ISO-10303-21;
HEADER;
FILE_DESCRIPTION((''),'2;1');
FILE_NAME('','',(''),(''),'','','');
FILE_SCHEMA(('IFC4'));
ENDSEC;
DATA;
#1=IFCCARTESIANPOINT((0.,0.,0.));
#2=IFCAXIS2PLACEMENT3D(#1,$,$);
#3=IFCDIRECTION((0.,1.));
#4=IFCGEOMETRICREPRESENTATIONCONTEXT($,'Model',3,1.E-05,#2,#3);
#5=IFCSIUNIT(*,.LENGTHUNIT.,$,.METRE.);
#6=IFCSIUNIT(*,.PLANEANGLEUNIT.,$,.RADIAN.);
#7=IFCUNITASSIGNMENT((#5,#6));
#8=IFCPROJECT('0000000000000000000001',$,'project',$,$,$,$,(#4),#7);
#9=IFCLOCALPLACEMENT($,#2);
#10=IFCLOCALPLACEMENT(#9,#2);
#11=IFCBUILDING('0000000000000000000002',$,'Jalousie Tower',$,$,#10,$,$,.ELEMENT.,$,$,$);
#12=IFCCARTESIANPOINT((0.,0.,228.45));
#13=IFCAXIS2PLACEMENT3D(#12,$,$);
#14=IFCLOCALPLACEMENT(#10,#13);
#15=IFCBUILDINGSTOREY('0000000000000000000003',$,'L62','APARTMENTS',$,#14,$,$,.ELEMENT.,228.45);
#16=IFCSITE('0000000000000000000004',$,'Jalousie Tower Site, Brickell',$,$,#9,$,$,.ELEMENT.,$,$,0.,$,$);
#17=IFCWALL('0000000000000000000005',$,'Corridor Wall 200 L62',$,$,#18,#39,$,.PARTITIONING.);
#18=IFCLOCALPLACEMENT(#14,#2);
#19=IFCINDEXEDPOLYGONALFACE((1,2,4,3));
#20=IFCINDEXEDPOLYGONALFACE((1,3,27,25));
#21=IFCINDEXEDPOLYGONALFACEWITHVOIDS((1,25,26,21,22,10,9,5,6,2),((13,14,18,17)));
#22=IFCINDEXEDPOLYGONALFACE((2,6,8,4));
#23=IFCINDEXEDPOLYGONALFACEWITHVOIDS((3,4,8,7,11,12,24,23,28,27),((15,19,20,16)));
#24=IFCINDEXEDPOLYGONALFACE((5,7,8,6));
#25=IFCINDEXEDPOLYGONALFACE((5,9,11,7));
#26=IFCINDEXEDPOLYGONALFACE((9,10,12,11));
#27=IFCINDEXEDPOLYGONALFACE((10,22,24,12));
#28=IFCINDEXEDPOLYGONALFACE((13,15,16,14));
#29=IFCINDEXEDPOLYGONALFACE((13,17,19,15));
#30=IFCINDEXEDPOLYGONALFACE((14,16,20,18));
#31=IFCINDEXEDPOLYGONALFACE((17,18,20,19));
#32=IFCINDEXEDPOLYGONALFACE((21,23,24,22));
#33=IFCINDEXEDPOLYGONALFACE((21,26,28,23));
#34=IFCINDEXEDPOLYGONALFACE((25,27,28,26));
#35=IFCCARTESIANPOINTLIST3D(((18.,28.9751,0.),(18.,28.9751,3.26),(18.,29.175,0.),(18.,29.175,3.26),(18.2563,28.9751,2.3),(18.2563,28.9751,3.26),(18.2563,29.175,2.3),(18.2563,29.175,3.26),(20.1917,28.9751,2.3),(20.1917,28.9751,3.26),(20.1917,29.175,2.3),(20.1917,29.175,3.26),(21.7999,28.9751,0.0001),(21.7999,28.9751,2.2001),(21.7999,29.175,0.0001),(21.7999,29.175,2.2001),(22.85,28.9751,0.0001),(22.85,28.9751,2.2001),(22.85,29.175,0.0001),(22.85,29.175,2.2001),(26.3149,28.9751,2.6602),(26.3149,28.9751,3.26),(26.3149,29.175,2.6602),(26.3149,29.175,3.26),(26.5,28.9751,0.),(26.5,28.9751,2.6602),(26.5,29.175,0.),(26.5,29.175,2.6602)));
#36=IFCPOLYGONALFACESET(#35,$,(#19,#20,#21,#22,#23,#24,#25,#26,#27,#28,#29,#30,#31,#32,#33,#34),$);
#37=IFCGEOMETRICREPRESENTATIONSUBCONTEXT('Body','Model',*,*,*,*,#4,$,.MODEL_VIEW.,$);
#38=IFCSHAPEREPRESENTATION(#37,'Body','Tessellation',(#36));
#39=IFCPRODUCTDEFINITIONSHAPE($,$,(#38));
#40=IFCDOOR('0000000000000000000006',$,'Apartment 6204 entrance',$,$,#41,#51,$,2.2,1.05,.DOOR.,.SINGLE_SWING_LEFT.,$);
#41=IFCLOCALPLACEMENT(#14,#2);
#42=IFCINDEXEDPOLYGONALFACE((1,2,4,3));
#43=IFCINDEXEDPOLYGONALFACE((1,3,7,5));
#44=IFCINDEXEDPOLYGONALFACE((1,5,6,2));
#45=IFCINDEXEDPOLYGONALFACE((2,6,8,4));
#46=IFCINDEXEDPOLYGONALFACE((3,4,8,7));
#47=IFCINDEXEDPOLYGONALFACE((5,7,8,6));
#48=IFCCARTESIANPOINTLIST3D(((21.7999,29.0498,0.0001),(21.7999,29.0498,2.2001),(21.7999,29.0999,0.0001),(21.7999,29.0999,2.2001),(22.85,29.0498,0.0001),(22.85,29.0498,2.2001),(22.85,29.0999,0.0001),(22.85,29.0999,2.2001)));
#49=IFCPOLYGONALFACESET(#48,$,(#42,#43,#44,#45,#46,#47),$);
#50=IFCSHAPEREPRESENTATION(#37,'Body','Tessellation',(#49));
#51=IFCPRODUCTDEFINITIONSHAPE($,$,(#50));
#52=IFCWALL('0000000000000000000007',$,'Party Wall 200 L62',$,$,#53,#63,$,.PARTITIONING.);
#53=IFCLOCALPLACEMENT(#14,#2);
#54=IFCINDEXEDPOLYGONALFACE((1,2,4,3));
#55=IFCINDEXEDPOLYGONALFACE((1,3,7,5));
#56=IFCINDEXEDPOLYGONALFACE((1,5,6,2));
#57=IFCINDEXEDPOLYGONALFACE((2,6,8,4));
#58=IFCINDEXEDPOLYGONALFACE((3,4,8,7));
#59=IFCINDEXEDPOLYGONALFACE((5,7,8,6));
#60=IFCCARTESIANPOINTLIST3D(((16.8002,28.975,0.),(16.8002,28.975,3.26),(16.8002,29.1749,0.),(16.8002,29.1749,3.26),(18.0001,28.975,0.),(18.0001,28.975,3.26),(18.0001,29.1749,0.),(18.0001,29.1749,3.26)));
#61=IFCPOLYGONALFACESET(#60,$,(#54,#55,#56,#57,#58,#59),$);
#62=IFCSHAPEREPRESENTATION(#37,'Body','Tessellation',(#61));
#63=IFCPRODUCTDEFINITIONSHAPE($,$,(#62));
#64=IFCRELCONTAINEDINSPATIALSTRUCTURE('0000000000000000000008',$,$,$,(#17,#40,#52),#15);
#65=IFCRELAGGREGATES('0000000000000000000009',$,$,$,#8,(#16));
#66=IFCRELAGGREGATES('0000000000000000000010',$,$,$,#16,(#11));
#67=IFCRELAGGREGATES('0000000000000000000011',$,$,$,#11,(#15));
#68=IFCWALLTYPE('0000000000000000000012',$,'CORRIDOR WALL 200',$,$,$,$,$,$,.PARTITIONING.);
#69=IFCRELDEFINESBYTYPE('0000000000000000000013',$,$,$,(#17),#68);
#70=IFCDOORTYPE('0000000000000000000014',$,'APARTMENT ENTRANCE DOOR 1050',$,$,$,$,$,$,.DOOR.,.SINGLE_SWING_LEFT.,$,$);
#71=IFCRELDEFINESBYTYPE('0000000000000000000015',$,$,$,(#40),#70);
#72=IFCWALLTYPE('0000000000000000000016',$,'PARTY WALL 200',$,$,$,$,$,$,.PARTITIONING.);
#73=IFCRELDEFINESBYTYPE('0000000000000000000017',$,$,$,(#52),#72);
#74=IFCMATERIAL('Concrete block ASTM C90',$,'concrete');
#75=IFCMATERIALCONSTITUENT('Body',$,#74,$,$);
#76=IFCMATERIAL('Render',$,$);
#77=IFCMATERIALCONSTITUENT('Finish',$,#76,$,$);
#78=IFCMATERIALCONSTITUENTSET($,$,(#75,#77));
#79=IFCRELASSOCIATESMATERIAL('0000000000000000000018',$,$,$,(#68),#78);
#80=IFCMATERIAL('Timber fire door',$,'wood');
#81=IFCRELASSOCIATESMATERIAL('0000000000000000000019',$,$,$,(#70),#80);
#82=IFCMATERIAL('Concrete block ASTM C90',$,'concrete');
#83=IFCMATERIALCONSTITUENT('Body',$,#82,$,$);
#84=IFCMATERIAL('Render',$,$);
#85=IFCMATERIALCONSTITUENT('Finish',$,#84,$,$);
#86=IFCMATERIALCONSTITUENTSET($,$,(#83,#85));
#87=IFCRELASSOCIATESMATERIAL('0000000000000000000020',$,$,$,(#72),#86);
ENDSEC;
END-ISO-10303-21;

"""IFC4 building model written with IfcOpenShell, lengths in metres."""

from ifc_helpers import new_model, si_unit, direction, frame, frame_2d, origin, place, context, subcontext, project, spatial, polyline, rectangle, outline, extrude, material, constituent, constituent_set, type_object, element, fill, save


model = new_model("IFC4")

# Units and contexts
model_context = context("Model", 3, precision=1e-05, world=origin(), true_north=direction((0.0, 1.0)))
body_context = subcontext(model_context, "Body", "Model", "MODEL_VIEW")
ifc_project = project(units=[si_unit("LENGTHUNIT", "METRE"), si_unit("PLANEANGLEUNIT", "RADIAN")], contexts=[model_context])

# Site, building, storey
site_placement = place(None, origin())
site = spatial("IfcSite", under=ifc_project, at=site_placement, Name="Jalousie Tower Site, Brickell", CompositionType="ELEMENT", RefElevation=0.0)
building_placement = place(site_placement, origin())
building = spatial("IfcBuilding", under=site, at=building_placement, Name="Jalousie Tower", CompositionType="ELEMENT")
storey_placement = place(building_placement, frame((0.0, 0.0, 228.45)))
storey = spatial("IfcBuildingStorey", under=building, at=storey_placement, Name="L62", Description="APARTMENTS", CompositionType="ELEMENT", Elevation=228.45)

# Wall, opening, door
ifc_material_1 = material(Name="Concrete block ASTM C90", Category="concrete")
ifc_constituent_1 = constituent(ifc_material_1, Name="Body")
ifc_material_2 = material(Name="Render")
ifc_constituent_2 = constituent(ifc_material_2, Name="Finish")
ifc_constituent_set_1 = constituent_set(constituents=[ifc_constituent_1, ifc_constituent_2])
wall_type_1 = type_object("IfcWallType", Name="CORRIDOR WALL 200", PredefinedType="PARTITIONING", material=ifc_constituent_set_1)
wall_1_placement = place(storey_placement, frame((18.0, 29.075, 0.0), z_axis=(0.0, 0.0, 1.0), x_axis=(1.0, 0.0, 0.0)))
wall_1 = element("IfcWall", 1, at=wall_1_placement, inside=storey, type_object=wall_type_1, Name="Corridor Wall 200 L62", PredefinedType="PARTITIONING", context=body_context, shape_type="SweptSolid", body=[
    extrude(outline(polyline([(0.0, 0.0), (8.5, 0.0), (8.5, 3.26), (8.5, 2.6602), (8.3149, 2.6602), (8.3149, 3.26), (2.1917, 3.26), (2.1917, 2.3), (0.2563, 2.3), (0.2563, 3.26), (0.0, 3.26), (0.0, 0.0)])), frame((0.0, 0.1001, 0.0), z_axis=(0.0, -1.0, 0.0), x_axis=(1.0, 0.0, 0.0)), (0.0, 0.0, 1.0), 0.2),
])
opening_1_placement = place(wall_1_placement, frame((3.8, 0.0, 0.0)))
opening_1 = element("IfcOpeningElement", 2, at=opening_1_placement, cuts=wall_1, PredefinedType="OPENING", context=body_context, shape_type="SweptSolid", body=[
    extrude(rectangle(XDim=1.05, YDim=2.2, at=frame_2d((0.5249, 1.1001))), frame((0.0, 0.1099, 0.0), z_axis=(0.0, -1.0, 0.0), x_axis=(1.0, 0.0, 0.0)), (0.0, 0.0, 1.0), 0.22),
])
ifc_material_3 = material(Name="Timber fire door", Category="wood")
door_type_1 = type_object("IfcDoorType", Name="APARTMENT ENTRANCE DOOR 1050", OperationType="SINGLE_SWING_LEFT", PredefinedType="DOOR", material=ifc_material_3)
door_1_placement = place(opening_1_placement, origin())
door_1 = element("IfcDoor", 3, at=door_1_placement, inside=storey, type_object=door_type_1, Name="Apartment 6204 entrance", OperationType="SINGLE_SWING_LEFT", OverallHeight=2.2, OverallWidth=1.05, PredefinedType="DOOR", context=body_context, shape_type="SweptSolid", body=[
    extrude(rectangle(XDim=1.05, YDim=2.2, at=frame_2d((0.5249, 1.1001))), frame((0.0, 0.0249, 0.0), z_axis=(0.0, -1.0, 0.0), x_axis=(1.0, 0.0, 0.0)), (0.0, 0.0, 1.0), 0.05),
])
fill(opening_1, door_1)

# Wall
ifc_material_4 = material(Name="Concrete block ASTM C90", Category="concrete")
ifc_constituent_3 = constituent(ifc_material_4, Name="Body")
ifc_material_5 = material(Name="Render")
ifc_constituent_4 = constituent(ifc_material_5, Name="Finish")
ifc_constituent_set_2 = constituent_set(constituents=[ifc_constituent_3, ifc_constituent_4])
wall_type_2 = type_object("IfcWallType", Name="PARTY WALL 200", PredefinedType="PARTITIONING", material=ifc_constituent_set_2)
wall_2_placement = place(storey_placement, frame((16.8, 29.075, 0.0), z_axis=(0.0, 0.0, 1.0), x_axis=(1.0, 0.0, 0.0)))
element("IfcWall", 4, at=wall_2_placement, inside=storey, type_object=wall_type_2, Name="Party Wall 200 L62", PredefinedType="PARTITIONING", context=body_context, shape_type="SweptSolid", body=[
    extrude(rectangle(XDim=1.2, YDim=0.2, at=frame_2d((0.6001, 0.0))), origin(), (0.0, 0.0, 1.0), 3.26),
])

save(model, "model.ifc")
